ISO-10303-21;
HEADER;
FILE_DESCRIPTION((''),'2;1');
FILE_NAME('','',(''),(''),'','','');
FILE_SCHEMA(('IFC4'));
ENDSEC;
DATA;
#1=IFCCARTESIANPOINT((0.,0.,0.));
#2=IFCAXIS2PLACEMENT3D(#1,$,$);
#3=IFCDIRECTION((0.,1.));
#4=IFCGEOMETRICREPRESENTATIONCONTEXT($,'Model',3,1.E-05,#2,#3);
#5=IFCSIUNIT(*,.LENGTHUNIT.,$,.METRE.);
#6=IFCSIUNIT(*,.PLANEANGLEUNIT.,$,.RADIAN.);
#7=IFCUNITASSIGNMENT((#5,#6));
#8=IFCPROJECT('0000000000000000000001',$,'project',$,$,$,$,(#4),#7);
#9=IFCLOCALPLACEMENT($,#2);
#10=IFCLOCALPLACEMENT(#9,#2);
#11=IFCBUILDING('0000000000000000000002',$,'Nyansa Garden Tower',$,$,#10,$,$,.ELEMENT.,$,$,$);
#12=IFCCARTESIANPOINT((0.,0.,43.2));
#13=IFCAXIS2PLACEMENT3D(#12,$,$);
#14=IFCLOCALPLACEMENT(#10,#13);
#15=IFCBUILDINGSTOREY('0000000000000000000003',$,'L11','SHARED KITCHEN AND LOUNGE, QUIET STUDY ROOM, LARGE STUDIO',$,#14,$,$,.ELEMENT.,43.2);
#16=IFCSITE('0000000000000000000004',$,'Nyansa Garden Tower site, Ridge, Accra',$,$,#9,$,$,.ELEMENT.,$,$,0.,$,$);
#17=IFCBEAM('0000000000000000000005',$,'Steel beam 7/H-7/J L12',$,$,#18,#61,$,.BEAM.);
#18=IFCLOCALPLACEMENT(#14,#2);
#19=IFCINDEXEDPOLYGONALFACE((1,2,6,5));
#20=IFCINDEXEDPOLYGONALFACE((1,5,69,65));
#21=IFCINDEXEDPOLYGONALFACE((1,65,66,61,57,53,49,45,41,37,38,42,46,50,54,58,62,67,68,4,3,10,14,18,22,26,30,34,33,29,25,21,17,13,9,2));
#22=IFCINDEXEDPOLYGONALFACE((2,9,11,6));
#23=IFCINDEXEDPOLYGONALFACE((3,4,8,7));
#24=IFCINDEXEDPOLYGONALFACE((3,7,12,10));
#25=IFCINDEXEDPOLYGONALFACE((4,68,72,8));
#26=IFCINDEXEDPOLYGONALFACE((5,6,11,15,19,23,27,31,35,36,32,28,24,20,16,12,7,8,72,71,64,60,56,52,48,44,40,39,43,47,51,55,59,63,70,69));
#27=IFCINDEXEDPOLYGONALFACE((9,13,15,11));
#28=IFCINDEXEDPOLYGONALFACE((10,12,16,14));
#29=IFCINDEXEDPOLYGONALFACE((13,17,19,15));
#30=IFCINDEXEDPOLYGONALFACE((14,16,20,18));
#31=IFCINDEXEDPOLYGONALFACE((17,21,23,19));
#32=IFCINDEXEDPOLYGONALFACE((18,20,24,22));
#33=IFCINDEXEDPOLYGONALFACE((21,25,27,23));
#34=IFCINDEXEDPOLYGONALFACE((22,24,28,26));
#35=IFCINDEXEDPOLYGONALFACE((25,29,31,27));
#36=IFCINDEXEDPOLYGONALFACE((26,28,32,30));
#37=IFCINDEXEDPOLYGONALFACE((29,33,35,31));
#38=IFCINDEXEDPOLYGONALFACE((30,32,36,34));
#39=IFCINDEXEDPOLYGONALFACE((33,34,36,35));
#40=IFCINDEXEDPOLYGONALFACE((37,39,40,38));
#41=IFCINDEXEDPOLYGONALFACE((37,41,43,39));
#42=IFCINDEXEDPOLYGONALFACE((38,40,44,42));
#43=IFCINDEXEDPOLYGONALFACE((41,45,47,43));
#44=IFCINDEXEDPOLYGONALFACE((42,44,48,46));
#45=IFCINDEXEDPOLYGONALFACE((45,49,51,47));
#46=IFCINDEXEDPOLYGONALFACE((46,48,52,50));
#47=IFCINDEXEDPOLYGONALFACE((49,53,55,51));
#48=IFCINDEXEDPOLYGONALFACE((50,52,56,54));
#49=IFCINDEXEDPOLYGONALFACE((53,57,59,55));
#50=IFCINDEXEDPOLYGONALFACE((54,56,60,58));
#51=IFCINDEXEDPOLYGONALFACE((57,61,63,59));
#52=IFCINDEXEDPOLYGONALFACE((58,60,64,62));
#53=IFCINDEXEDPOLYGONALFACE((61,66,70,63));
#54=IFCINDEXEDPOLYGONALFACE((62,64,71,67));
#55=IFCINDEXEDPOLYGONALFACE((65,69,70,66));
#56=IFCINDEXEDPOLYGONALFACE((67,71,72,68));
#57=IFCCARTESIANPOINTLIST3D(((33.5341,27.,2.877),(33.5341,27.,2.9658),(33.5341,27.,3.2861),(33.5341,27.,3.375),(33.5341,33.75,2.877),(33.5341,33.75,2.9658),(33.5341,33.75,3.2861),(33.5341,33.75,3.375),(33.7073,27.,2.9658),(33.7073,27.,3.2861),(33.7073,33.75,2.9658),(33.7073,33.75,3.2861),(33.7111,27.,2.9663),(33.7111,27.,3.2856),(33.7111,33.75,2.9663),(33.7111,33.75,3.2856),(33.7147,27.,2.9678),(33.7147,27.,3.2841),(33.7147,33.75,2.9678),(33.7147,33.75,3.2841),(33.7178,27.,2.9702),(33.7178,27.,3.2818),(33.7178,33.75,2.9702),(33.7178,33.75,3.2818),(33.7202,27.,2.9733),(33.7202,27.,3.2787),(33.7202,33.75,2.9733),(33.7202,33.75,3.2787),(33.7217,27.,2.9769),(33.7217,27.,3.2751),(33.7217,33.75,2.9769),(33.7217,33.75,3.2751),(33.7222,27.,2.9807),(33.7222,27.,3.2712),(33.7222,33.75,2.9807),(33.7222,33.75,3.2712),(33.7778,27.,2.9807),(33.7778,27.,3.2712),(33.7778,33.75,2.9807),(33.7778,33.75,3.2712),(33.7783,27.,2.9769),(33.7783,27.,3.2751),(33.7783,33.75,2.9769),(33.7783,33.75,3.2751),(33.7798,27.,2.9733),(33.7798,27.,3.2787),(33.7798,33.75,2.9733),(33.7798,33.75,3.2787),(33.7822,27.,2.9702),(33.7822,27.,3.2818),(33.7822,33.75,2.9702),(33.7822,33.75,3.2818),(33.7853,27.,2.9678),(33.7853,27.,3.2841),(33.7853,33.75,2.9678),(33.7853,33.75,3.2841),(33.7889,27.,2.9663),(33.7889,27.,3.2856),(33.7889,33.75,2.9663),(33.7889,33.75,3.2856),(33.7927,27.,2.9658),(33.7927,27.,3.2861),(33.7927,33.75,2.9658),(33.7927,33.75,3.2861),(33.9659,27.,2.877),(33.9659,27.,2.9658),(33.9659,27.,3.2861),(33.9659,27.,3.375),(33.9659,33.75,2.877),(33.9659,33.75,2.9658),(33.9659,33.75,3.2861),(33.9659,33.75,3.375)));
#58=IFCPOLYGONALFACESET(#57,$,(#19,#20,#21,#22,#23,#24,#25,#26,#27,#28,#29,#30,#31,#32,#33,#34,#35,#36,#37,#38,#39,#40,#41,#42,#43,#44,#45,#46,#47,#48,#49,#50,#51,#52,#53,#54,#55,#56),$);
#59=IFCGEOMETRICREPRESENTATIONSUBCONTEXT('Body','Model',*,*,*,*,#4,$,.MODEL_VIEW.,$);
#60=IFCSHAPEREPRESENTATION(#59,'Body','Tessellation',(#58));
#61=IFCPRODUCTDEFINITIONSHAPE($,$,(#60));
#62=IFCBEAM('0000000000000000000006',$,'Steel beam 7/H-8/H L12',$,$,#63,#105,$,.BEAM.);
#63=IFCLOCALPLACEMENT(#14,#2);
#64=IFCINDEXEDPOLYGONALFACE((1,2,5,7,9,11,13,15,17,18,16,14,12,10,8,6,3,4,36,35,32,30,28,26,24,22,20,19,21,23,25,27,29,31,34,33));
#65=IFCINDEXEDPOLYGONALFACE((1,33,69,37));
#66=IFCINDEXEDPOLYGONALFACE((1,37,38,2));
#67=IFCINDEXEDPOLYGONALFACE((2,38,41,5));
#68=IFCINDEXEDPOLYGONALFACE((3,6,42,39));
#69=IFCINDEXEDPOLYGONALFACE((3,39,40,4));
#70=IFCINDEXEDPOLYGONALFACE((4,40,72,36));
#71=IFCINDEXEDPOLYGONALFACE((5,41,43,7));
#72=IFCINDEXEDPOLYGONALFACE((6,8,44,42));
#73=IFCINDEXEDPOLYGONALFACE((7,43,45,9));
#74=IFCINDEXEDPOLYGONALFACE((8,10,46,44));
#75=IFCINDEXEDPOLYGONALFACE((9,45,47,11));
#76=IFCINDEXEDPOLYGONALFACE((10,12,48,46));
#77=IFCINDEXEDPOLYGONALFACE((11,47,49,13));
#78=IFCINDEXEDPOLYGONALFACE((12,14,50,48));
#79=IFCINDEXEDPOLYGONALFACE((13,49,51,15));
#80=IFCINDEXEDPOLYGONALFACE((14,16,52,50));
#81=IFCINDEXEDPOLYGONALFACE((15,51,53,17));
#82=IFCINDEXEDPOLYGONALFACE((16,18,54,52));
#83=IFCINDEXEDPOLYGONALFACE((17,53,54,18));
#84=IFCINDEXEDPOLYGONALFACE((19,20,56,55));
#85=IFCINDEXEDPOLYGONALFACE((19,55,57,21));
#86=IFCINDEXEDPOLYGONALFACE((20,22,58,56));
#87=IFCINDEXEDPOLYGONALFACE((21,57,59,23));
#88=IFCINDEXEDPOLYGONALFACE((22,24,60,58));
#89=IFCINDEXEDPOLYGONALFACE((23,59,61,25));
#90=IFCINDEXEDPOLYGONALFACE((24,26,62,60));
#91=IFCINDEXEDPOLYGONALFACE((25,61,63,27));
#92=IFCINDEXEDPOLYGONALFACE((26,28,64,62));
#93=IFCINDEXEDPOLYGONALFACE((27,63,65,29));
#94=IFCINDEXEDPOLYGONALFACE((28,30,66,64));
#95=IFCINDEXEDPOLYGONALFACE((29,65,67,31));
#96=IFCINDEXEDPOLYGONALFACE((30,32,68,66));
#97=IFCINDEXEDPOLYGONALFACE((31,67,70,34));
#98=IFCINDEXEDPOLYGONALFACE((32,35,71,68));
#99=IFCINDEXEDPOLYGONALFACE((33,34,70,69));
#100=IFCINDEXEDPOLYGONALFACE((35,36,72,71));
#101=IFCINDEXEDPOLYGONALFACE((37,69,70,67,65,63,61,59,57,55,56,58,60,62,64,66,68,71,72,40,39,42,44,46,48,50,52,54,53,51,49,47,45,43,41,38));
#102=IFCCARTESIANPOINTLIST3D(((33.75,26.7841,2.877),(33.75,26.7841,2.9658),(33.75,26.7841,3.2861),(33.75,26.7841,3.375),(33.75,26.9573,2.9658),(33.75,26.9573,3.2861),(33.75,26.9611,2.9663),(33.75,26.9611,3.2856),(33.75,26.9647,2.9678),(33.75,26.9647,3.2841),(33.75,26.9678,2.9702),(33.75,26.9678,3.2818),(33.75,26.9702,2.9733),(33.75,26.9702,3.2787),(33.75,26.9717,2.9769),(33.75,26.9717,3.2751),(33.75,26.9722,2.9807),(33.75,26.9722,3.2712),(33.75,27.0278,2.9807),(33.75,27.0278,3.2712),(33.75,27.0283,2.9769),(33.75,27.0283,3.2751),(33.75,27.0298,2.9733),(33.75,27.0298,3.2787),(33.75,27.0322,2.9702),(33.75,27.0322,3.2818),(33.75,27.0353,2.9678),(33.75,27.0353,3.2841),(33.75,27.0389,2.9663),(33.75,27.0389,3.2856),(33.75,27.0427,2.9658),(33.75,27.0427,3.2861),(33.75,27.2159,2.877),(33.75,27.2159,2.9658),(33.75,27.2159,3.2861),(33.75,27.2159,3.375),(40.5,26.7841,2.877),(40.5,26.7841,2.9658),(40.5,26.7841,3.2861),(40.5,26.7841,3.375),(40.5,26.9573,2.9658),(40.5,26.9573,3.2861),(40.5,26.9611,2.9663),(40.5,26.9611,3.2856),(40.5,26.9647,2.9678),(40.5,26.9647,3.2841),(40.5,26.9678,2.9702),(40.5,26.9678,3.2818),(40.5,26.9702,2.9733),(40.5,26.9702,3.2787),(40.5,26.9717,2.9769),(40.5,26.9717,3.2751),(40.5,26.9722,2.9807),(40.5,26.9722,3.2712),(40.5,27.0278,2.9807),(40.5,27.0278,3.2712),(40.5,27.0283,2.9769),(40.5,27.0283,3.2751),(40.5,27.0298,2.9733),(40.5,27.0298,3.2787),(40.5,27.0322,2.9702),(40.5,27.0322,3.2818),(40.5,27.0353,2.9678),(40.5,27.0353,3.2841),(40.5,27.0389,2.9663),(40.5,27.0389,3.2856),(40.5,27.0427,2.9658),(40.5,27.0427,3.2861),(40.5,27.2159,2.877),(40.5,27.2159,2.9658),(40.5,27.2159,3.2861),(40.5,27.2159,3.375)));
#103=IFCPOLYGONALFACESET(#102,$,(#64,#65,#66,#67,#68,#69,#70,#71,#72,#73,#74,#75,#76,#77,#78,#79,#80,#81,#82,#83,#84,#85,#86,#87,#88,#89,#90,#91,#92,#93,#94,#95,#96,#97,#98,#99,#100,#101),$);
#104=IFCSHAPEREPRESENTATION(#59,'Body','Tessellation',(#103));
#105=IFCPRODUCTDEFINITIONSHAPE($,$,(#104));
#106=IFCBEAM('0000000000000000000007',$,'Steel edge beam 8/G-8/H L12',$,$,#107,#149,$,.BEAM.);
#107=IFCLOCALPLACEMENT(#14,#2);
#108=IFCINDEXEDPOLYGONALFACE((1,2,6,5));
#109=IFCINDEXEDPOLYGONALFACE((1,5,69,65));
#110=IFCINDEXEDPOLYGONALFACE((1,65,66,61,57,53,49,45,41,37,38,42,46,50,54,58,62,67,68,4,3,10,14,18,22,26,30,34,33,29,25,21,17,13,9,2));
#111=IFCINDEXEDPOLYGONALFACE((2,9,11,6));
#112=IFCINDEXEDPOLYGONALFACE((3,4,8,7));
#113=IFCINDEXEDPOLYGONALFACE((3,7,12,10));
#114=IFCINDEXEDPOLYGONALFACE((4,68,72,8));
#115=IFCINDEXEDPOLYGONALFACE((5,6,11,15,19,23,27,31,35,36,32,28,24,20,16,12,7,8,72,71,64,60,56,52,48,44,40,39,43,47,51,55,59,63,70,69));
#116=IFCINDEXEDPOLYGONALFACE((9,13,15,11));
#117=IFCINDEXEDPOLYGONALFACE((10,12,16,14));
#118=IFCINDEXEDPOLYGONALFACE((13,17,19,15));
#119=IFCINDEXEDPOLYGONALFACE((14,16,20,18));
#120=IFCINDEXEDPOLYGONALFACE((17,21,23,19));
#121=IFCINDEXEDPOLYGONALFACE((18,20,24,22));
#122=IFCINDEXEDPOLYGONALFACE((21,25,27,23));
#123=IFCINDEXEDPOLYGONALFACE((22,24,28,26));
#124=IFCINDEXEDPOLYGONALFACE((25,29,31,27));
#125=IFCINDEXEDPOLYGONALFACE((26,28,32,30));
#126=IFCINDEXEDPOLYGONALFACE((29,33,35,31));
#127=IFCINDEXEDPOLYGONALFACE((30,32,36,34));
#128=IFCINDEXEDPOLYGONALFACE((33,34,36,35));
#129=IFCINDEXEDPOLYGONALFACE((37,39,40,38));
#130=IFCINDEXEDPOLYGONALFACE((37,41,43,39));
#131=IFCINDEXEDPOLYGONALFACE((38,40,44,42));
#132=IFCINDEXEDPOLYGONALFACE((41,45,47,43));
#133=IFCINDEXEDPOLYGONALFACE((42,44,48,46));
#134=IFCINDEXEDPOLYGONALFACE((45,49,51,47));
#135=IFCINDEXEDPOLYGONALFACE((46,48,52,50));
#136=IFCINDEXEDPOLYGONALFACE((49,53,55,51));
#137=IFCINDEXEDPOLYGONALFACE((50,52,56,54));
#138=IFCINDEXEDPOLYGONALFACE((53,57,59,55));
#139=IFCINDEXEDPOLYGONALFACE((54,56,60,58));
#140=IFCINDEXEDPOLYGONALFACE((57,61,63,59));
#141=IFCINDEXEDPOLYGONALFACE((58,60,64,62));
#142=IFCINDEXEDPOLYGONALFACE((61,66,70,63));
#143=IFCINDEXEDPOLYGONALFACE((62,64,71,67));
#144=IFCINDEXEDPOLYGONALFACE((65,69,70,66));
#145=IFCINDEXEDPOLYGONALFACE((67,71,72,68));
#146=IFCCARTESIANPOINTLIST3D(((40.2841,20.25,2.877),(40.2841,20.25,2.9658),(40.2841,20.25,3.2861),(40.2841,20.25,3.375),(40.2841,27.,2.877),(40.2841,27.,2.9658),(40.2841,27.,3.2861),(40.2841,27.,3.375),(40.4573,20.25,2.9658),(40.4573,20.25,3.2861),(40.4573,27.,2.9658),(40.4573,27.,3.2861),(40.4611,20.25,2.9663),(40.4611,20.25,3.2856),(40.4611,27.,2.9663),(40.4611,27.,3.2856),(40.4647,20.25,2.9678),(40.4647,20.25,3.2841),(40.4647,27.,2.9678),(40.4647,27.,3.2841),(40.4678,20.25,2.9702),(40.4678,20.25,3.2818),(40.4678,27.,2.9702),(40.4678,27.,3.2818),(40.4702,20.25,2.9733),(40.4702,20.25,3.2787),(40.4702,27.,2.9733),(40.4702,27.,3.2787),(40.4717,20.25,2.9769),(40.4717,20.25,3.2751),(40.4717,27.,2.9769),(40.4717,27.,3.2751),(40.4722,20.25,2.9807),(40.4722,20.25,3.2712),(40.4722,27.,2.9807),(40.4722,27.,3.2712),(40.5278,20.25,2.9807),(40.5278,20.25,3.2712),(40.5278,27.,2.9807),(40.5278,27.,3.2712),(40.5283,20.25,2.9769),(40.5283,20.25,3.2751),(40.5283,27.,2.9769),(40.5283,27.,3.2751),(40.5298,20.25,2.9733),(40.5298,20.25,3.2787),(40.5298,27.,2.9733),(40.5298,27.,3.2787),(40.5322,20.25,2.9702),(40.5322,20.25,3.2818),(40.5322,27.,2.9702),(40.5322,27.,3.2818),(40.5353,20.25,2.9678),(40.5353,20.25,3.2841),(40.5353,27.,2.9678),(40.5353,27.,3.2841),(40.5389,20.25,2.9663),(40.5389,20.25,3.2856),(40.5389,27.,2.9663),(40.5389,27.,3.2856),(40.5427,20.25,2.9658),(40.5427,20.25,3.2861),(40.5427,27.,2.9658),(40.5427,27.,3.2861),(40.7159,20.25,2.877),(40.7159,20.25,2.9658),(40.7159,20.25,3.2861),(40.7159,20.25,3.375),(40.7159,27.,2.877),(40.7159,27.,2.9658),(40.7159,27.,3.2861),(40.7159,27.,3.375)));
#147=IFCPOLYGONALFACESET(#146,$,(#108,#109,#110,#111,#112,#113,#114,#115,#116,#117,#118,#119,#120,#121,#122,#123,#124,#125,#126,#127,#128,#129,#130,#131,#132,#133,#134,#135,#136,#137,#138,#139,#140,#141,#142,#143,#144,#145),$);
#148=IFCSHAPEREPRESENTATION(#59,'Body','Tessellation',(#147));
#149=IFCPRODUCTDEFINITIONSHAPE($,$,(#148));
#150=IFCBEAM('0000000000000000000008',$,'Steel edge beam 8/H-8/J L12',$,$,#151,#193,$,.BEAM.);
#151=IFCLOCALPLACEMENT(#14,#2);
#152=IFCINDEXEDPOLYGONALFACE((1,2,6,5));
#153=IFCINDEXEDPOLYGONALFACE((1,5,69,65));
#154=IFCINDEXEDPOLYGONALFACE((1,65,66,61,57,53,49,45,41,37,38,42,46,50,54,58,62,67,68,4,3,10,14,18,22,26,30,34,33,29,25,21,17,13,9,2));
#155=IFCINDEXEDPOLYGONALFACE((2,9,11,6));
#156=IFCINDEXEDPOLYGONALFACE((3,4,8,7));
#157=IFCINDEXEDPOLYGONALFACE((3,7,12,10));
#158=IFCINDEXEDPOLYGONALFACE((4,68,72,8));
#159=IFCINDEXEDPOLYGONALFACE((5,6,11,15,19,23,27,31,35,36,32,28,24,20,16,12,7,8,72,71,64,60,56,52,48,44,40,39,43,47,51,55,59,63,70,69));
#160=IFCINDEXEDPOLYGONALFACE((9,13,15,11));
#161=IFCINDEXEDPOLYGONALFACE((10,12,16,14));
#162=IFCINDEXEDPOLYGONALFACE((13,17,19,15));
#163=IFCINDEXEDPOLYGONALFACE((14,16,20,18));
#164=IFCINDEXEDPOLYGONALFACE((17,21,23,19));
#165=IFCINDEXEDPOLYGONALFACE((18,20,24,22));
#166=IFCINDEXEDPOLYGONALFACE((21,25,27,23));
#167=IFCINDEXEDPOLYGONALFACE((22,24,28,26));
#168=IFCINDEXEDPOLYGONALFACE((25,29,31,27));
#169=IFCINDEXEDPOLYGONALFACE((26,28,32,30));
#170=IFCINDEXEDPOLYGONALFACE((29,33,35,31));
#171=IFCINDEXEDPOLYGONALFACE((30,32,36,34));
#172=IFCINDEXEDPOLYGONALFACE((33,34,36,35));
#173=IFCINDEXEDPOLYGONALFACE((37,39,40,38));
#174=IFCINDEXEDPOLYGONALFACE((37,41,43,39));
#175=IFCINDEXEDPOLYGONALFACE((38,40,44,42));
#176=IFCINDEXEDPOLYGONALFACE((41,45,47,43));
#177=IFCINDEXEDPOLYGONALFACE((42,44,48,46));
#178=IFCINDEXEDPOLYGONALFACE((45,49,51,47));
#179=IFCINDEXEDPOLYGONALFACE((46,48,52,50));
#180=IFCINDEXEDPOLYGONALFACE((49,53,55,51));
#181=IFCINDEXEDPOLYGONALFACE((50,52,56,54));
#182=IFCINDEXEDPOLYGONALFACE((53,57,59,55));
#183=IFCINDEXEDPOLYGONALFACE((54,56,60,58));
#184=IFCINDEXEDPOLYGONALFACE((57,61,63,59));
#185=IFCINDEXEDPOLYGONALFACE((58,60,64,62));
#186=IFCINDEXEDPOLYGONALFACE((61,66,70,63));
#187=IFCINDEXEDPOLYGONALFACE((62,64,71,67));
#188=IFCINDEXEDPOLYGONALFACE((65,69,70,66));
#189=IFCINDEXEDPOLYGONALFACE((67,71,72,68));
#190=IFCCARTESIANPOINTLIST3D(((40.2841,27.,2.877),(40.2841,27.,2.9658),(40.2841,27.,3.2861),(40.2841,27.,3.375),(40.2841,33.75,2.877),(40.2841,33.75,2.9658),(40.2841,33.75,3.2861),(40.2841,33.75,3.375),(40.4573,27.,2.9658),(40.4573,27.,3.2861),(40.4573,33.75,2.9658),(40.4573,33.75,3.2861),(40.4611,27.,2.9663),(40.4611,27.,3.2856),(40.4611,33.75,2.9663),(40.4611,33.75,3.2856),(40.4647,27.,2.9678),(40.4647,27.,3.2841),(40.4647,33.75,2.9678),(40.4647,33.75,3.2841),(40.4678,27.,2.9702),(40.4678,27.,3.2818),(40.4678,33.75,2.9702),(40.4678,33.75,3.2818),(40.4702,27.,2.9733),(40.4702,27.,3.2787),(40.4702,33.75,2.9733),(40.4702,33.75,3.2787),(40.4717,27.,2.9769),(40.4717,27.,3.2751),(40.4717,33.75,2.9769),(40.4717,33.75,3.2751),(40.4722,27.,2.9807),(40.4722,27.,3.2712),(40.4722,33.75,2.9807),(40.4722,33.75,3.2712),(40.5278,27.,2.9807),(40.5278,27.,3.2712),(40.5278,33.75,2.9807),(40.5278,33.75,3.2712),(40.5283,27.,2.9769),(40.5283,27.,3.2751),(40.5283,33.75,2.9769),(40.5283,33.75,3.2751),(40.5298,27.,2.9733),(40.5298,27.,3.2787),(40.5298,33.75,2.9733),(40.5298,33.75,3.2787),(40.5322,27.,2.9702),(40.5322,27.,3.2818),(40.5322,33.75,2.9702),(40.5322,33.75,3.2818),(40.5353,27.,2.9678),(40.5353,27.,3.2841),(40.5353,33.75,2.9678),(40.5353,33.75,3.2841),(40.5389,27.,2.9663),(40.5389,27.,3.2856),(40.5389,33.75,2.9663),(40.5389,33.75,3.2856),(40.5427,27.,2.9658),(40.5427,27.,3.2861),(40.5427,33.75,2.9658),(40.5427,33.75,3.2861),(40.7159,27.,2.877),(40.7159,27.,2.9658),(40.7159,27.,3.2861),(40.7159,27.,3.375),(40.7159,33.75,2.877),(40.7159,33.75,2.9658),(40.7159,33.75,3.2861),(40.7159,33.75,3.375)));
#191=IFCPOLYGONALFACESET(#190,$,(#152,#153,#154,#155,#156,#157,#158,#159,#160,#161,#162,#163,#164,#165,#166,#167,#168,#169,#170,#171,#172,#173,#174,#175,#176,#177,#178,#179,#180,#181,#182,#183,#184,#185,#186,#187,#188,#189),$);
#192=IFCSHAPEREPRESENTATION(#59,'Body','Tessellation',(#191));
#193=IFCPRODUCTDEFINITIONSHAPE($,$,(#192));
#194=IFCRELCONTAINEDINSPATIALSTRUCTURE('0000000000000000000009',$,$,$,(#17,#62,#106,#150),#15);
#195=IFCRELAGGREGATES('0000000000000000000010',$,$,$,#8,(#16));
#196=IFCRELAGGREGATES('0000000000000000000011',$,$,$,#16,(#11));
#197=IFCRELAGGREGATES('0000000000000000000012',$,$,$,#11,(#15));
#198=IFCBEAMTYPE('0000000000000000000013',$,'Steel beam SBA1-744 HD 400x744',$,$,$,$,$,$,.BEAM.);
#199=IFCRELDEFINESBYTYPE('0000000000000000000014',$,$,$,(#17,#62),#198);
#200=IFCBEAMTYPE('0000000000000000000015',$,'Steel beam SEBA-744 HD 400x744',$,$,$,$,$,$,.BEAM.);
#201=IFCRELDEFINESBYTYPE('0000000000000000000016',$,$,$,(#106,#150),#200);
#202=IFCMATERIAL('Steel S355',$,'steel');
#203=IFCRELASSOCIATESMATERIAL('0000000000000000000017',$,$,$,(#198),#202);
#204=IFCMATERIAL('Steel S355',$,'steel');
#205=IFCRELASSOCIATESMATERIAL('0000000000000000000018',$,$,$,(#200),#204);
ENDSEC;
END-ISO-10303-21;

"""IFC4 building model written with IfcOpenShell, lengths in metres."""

from ifc_helpers import new_model, si_unit, direction, frame, origin, origin_2d, place, context, subcontext, project, spatial, i_section, extrude, material, material_profile, profile_set, type_object, element, save


model = new_model("IFC4")

# Units and contexts
model_context = context("Model", 3, precision=1e-05, world=origin(), true_north=direction((0.0, 1.0)))
body_context = subcontext(model_context, "Body", "Model", "MODEL_VIEW")
ifc_project = project(units=[si_unit("LENGTHUNIT", "METRE"), si_unit("PLANEANGLEUNIT", "RADIAN")], contexts=[model_context])

# Site, building, storey
site_placement = place(None, origin())
site = spatial("IfcSite", under=ifc_project, at=site_placement, Name="Nyansa Garden Tower site, Ridge, Accra", CompositionType="ELEMENT", RefElevation=0.0)
building_placement = place(site_placement, origin())
building = spatial("IfcBuilding", under=site, at=building_placement, Name="Nyansa Garden Tower", CompositionType="ELEMENT")
storey_placement = place(building_placement, frame((0.0, 0.0, 43.2)))
storey = spatial("IfcBuildingStorey", under=building, at=storey_placement, Name="L11", Description="SHARED KITCHEN AND LOUNGE, QUIET STUDY ROOM, LARGE STUDIO", CompositionType="ELEMENT", Elevation=43.2)

# Beams
ifc_material_1 = material(Name="Steel S355", Category="steel")
ifc_material_profile_1 = material_profile(ifc_material_1, i_section(OverallWidth=0.4319, OverallDepth=0.498, WebThickness=0.0557, FlangeThickness=0.0889, FilletRadius=0.0149, at=origin_2d()), Name="HD 400x744")
ifc_profile_set_1 = profile_set([ifc_material_profile_1], Name="Steel S355")
beam_type_1 = type_object("IfcBeamType", Name="Steel beam SBA1-744 HD 400x744", PredefinedType="BEAM", material=ifc_profile_set_1)
for number, where, z_axis, x_axis, name in (
    (1, (33.75, 27.0, 3.126), (0.0, 1.0, 0.0), (-1.0, 0.0, 0.0), "Steel beam 7/H-7/J L12"),
    (2, (33.75, 27.0, 3.126), (1.0, 0.0, 0.0), (0.0, 1.0, 0.0), "Steel beam 7/H-8/H L12"),
):
    element("IfcBeam", number, at=place(storey_placement, frame(where, z_axis=z_axis, x_axis=x_axis)), inside=storey, type_object=beam_type_1, Name=name, PredefinedType="BEAM", context=body_context, shape_type="SweptSolid", body=[
        extrude(i_section(OverallWidth=0.4319, OverallDepth=0.498, WebThickness=0.0557, FlangeThickness=0.0889, FilletRadius=0.0149, at=origin_2d()), origin(), (0.0, 0.0, 1.0), 6.75),
    ])
ifc_material_2 = material(Name="Steel S355", Category="steel")
ifc_material_profile_2 = material_profile(ifc_material_2, i_section(OverallWidth=0.4319, OverallDepth=0.498, WebThickness=0.0557, FlangeThickness=0.0889, FilletRadius=0.0149, at=origin_2d()), Name="HD 400x744")
ifc_profile_set_2 = profile_set([ifc_material_profile_2], Name="Steel S355")
beam_type_2 = type_object("IfcBeamType", Name="Steel beam SEBA-744 HD 400x744", PredefinedType="BEAM", material=ifc_profile_set_2)
for number, where, z_axis, x_axis, name in (
    (3, (40.5, 20.25, 3.126), (0.0, 1.0, 0.0), (-1.0, 0.0, 0.0), "Steel edge beam 8/G-8/H L12"),
    (4, (40.5, 27.0, 3.126), (0.0, 1.0, 0.0), (-1.0, 0.0, 0.0), "Steel edge beam 8/H-8/J L12"),
):
    element("IfcBeam", number, at=place(storey_placement, frame(where, z_axis=z_axis, x_axis=x_axis)), inside=storey, type_object=beam_type_2, Name=name, PredefinedType="BEAM", context=body_context, shape_type="SweptSolid", body=[
        extrude(i_section(OverallWidth=0.4319, OverallDepth=0.498, WebThickness=0.0557, FlangeThickness=0.0889, FilletRadius=0.0149, at=origin_2d()), origin(), (0.0, 0.0, 1.0), 6.75),
    ])

save(model, "model.ifc")
